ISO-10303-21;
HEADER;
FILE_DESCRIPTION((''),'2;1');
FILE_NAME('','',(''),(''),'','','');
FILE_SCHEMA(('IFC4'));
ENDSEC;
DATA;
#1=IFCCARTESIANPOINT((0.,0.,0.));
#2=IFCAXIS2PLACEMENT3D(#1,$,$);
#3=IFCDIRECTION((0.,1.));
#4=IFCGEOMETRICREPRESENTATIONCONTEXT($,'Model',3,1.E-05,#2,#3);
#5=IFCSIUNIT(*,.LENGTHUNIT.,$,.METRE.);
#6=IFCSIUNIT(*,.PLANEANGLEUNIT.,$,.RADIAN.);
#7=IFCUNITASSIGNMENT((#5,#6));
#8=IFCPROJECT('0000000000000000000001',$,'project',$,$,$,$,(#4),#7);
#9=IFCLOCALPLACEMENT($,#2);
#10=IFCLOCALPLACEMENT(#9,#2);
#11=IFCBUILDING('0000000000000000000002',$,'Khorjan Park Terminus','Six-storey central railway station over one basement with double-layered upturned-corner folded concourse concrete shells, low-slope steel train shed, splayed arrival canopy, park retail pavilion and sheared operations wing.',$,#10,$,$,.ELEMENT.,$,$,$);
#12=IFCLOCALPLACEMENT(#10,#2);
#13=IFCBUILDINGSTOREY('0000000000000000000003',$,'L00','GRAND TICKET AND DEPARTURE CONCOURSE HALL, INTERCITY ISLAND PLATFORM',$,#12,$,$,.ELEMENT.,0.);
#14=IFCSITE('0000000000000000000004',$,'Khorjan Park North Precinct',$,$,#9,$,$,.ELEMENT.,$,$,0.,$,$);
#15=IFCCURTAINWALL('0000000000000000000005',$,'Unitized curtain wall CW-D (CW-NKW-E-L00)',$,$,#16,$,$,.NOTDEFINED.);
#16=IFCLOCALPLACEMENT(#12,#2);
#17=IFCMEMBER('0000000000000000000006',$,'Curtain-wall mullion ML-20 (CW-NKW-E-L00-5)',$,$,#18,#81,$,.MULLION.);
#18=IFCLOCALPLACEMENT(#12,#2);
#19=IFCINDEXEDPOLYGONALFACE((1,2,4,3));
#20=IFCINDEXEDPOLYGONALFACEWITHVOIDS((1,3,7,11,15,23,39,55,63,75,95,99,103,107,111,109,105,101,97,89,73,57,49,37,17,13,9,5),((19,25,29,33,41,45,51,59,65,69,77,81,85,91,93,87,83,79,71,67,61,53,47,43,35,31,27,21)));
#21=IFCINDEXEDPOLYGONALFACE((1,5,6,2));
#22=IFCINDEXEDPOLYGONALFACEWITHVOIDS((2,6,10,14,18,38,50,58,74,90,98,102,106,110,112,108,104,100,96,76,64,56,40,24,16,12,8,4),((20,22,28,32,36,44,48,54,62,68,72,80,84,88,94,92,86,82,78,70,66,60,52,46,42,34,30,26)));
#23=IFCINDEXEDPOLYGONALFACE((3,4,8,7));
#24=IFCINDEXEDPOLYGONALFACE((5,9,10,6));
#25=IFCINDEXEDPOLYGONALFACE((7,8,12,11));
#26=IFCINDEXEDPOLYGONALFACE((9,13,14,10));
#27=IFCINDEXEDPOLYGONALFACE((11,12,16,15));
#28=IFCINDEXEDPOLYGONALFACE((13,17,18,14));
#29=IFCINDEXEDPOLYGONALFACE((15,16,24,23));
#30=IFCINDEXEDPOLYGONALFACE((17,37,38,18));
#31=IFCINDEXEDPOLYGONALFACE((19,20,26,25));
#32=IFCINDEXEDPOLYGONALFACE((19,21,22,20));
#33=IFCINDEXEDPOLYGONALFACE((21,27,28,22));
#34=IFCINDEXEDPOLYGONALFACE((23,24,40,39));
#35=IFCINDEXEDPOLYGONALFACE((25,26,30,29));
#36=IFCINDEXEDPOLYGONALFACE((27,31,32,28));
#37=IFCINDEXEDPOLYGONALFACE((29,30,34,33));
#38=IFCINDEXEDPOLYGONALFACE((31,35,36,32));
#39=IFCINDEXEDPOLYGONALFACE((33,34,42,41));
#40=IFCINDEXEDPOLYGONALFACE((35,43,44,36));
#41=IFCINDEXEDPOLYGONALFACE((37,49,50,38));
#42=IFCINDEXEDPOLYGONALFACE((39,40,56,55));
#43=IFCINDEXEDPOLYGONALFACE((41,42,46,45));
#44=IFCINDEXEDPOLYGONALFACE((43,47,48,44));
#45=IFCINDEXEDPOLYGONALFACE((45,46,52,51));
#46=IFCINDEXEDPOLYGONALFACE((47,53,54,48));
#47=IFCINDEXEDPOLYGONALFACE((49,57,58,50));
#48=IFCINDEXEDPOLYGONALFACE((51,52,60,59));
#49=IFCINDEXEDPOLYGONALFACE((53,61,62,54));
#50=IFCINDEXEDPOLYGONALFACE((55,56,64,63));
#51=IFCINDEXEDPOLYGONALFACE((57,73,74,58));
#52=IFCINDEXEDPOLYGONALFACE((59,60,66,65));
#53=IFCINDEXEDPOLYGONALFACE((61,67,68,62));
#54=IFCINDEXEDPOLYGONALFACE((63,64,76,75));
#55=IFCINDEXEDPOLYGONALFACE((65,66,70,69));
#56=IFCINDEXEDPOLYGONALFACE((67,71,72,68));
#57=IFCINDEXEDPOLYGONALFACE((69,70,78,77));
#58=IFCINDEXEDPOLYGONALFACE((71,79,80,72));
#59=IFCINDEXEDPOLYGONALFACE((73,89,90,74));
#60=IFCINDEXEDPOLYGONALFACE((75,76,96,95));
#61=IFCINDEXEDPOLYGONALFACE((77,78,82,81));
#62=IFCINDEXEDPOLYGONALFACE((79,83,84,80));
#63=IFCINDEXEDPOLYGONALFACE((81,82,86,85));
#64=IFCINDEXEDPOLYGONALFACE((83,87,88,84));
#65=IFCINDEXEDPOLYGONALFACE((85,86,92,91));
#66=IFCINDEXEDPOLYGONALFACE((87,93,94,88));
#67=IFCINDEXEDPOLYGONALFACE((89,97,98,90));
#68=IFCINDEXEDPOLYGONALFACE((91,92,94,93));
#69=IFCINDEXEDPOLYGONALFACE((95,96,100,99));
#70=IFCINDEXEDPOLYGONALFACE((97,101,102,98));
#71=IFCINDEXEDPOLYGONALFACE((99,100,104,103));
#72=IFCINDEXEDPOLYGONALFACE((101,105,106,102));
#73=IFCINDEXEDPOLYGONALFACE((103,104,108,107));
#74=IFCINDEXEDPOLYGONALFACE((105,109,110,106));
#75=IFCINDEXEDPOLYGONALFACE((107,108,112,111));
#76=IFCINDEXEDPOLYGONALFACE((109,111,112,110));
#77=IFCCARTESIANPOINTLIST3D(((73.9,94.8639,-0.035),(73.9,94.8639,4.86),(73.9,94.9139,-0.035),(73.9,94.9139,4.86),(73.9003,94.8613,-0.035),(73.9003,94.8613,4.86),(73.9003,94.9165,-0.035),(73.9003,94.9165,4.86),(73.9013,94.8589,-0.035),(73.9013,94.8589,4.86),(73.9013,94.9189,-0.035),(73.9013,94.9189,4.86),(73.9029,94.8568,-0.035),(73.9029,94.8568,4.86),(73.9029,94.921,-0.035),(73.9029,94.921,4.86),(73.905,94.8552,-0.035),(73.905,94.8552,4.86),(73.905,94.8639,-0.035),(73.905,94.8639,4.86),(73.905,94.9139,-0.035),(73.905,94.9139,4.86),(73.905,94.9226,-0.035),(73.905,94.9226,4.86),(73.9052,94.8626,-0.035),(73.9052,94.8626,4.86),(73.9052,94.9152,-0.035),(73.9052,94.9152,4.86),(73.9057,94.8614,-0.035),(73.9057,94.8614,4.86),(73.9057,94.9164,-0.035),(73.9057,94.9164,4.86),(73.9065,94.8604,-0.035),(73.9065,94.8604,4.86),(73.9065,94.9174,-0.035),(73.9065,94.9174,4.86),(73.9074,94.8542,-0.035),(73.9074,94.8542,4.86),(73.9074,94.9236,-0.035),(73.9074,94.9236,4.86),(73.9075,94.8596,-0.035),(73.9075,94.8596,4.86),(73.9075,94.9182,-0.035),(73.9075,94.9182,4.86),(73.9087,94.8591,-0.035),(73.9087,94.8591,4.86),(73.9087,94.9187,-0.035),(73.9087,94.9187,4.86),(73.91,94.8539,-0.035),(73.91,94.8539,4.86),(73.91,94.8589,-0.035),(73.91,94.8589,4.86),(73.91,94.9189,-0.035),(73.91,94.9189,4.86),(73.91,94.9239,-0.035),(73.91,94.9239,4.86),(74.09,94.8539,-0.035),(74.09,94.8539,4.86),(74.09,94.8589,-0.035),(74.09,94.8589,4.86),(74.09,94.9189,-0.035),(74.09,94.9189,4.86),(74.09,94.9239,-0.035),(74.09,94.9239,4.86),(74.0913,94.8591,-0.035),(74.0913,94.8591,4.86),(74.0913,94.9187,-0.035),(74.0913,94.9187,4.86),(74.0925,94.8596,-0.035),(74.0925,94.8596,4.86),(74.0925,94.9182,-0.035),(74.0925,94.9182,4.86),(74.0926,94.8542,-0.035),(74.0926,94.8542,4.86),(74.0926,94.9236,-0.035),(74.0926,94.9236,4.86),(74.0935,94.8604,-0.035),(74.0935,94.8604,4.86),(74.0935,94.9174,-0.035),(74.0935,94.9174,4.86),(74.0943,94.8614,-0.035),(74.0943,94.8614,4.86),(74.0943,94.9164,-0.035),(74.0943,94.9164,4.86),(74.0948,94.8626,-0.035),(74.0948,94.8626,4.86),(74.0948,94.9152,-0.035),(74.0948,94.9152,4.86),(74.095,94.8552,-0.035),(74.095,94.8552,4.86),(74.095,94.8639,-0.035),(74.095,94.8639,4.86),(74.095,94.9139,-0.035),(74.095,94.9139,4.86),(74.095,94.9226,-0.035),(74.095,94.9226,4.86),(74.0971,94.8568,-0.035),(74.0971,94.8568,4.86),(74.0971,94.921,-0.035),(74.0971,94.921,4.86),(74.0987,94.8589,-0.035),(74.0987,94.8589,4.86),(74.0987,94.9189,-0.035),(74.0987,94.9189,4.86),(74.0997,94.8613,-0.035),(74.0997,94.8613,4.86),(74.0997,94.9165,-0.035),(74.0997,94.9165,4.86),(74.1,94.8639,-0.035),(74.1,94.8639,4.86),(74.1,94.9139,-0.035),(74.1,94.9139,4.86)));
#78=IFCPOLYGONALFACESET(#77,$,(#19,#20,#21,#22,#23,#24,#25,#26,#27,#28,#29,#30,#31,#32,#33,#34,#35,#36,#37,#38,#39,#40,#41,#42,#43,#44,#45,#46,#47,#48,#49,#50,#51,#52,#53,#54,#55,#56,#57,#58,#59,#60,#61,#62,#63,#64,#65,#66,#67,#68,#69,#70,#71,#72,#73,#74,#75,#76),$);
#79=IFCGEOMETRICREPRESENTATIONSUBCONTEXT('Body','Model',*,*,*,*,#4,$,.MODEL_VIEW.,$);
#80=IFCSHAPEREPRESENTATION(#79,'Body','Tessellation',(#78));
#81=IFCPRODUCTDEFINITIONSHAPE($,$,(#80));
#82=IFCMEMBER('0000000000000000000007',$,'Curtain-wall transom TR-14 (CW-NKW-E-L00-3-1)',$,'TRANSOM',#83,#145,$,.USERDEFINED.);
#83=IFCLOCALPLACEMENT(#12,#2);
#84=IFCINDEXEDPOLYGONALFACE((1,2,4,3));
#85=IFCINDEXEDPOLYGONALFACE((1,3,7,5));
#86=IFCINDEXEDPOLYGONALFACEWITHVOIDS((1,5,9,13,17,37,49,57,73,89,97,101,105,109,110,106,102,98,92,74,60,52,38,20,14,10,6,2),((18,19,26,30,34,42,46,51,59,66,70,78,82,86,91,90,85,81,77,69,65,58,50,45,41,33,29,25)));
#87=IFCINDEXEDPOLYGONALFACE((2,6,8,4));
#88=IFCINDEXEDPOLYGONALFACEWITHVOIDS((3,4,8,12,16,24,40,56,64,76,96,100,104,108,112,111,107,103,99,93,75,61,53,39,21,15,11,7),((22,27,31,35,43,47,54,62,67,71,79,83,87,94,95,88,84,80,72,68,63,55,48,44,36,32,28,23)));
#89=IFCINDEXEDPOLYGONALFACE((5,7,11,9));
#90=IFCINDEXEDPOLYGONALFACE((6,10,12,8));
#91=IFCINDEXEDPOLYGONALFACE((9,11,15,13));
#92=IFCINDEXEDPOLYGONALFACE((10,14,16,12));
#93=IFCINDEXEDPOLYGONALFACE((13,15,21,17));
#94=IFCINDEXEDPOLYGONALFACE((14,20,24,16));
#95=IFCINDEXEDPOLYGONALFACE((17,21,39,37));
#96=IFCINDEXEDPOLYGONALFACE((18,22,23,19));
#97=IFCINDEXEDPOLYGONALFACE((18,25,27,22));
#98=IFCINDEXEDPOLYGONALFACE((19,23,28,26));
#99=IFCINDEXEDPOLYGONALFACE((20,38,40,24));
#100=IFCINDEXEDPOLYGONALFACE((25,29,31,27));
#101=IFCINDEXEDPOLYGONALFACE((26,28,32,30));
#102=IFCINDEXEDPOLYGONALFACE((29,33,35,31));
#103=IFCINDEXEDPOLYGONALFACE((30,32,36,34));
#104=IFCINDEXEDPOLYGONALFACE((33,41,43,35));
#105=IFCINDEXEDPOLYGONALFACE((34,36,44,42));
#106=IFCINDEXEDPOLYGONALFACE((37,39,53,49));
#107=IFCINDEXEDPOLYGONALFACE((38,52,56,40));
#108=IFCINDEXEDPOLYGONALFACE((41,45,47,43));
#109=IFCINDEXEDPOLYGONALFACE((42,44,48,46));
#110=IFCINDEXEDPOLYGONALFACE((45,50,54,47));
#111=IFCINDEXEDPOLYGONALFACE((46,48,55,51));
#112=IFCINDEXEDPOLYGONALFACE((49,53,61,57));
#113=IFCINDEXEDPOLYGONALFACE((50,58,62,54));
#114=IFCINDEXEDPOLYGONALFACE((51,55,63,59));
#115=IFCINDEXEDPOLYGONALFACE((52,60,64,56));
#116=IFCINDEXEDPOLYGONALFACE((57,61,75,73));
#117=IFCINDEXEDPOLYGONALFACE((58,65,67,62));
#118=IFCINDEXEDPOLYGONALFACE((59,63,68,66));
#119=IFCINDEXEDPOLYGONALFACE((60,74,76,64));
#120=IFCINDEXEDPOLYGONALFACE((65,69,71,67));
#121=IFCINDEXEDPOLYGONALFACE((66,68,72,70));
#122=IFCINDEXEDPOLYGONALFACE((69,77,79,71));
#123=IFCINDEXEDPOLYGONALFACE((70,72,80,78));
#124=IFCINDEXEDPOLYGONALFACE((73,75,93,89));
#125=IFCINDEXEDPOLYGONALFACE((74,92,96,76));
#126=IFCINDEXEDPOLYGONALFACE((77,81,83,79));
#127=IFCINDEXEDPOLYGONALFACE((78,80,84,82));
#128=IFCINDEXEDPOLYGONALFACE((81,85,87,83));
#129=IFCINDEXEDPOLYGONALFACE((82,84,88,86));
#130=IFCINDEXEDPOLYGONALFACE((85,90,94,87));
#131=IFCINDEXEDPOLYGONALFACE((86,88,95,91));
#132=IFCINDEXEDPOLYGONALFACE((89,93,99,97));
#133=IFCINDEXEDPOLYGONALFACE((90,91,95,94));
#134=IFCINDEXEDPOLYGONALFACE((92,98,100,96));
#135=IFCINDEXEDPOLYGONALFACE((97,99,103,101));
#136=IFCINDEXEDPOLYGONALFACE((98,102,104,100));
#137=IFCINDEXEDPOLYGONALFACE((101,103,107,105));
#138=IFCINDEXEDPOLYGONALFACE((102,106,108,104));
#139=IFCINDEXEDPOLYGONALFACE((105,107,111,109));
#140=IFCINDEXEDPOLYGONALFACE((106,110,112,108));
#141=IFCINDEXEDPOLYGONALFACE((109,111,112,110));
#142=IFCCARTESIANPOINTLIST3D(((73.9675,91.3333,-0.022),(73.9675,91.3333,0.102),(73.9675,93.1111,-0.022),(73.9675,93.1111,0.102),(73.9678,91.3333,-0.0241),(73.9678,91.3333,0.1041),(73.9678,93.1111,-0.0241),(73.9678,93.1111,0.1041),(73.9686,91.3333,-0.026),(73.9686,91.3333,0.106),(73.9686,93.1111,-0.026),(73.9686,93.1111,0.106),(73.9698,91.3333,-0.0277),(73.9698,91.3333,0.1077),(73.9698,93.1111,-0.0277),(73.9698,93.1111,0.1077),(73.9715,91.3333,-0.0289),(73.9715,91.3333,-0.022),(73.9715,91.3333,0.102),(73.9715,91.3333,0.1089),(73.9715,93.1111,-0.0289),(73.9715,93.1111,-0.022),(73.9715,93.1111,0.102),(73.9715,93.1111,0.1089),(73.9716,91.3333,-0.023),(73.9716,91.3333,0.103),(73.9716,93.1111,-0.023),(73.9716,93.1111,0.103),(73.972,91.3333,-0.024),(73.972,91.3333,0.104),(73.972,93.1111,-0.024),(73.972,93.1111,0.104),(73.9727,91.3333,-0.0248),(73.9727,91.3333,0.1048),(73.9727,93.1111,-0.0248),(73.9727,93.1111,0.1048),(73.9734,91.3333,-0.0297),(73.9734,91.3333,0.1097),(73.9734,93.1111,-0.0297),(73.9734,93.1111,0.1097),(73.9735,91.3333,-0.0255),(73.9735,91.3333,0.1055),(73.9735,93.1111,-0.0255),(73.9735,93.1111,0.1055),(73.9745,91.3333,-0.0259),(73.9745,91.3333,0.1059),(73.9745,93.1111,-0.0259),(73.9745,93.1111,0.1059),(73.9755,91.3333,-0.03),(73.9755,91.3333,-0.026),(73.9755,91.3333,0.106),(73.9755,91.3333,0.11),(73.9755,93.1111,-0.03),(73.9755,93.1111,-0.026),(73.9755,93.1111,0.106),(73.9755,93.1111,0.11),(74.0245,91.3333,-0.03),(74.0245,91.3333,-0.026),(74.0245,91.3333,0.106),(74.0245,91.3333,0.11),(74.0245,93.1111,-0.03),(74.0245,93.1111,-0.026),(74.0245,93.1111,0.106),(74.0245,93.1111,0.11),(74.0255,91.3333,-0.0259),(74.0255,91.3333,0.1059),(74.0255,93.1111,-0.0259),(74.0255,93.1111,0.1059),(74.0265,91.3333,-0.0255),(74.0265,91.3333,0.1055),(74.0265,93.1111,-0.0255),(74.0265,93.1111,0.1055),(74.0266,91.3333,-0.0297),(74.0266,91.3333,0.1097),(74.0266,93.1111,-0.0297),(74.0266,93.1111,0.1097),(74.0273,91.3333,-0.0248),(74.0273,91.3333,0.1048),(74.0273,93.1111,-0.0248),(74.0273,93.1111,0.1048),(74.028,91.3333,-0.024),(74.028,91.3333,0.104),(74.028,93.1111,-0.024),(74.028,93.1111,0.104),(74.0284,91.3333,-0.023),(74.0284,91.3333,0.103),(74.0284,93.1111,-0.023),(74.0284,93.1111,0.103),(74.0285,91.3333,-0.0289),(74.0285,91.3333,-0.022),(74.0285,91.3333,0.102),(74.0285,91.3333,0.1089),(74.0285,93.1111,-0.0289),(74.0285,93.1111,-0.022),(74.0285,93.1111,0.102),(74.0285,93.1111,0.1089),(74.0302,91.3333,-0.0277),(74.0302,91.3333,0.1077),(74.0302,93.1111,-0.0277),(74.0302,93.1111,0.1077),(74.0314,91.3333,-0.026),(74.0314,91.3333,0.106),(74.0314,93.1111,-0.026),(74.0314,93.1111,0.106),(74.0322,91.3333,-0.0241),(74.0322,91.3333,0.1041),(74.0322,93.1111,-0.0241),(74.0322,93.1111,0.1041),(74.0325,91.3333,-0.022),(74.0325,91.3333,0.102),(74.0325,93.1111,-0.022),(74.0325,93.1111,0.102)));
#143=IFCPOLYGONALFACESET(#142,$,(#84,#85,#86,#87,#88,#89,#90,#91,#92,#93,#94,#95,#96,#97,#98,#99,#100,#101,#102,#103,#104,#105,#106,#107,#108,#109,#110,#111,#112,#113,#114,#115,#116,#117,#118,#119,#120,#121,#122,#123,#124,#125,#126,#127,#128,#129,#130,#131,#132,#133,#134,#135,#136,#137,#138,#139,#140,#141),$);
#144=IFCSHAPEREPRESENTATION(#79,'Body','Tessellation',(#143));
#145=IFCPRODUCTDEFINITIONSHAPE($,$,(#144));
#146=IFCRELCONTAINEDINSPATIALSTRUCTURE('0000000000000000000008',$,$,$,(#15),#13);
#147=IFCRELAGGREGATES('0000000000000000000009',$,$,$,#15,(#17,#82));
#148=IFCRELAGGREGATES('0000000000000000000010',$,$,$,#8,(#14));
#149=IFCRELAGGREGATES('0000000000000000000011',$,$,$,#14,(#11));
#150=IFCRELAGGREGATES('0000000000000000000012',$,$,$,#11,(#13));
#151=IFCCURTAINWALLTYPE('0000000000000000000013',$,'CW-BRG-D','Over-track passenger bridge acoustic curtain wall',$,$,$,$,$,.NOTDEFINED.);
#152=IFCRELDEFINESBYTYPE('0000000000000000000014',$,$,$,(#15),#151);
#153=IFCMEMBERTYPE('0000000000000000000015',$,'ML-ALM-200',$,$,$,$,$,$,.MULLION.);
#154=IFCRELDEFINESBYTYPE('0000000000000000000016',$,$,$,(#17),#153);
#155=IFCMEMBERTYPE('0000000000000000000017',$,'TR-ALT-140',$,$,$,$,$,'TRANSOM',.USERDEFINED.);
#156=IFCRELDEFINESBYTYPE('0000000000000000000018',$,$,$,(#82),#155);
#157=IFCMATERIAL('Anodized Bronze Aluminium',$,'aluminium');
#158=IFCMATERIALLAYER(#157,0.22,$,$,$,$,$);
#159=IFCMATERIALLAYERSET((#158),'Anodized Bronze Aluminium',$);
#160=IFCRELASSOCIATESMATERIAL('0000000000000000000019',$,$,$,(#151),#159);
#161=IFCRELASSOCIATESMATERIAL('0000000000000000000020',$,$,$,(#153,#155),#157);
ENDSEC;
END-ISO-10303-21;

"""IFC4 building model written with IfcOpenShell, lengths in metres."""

from ifc_helpers import new_model, si_unit, direction, frame, origin, origin_2d, place, context, subcontext, project, spatial, hollow_rectangle, extrude, material, layer, layer_set, material_profile, profile_set, type_object, element, aggregate, save


model = new_model("IFC4")

# Units and contexts
model_context = context("Model", 3, precision=1e-05, world=origin(), true_north=direction((0.0, 1.0)))
body_context = subcontext(model_context, "Body", "Model", "MODEL_VIEW")
ifc_project = project(units=[si_unit("LENGTHUNIT", "METRE"), si_unit("PLANEANGLEUNIT", "RADIAN")], contexts=[model_context])

# Site, building, storey
site_placement = place(None, origin())
site = spatial("IfcSite", under=ifc_project, at=site_placement, Name="Khorjan Park North Precinct", CompositionType="ELEMENT", RefElevation=0.0)
building_placement = place(site_placement, origin())
building = spatial("IfcBuilding", under=site, at=building_placement, Name="Khorjan Park Terminus", Description="Six-storey central railway station over one basement with double-layered upturned-corner folded concourse concrete shells, low-slope steel train shed, splayed arrival canopy, park retail pavilion and sheared operations wing.", CompositionType="ELEMENT")
storey_placement = place(building_placement, origin())
storey = spatial("IfcBuildingStorey", under=building, at=storey_placement, Name="L00", Description="GRAND TICKET AND DEPARTURE CONCOURSE HALL, INTERCITY ISLAND PLATFORM", CompositionType="ELEMENT", Elevation=0.0)

# Curtain wall, members
ifc_material_1 = material(Name="Anodized Bronze Aluminium", Category="aluminium")
ifc_layer_1 = layer(ifc_material_1, 0.22)
ifc_layer_set_1 = layer_set([ifc_layer_1], Name="Anodized Bronze Aluminium")
curtain_wall_type = type_object("IfcCurtainWallType", Name="CW-BRG-D", Description="Over-track passenger bridge acoustic curtain wall", PredefinedType="NOTDEFINED", material=ifc_layer_set_1)
curtain_wall_placement = place(storey_placement, origin())
curtain_wall = element("IfcCurtainWall", 1, at=curtain_wall_placement, inside=storey, type_object=curtain_wall_type, Name="Unitized curtain wall CW-D (CW-NKW-E-L00)", PredefinedType="NOTDEFINED")
ifc_material_profile_1 = material_profile(ifc_material_1, hollow_rectangle(XDim=0.07, YDim=0.2, WallThickness=0.005, InnerFilletRadius=0.005, OuterFilletRadius=0.01, at=origin_2d()), Name="ALM 70x200x5")
ifc_profile_set_1 = profile_set([ifc_material_profile_1], Name="Anodized Bronze Aluminium")
member_type_1 = type_object("IfcMemberType", Name="ML-ALM-200", PredefinedType="MULLION", material=ifc_profile_set_1)
member_1_placement = place(storey_placement, frame((74.0, 94.8889, -0.035), z_axis=(0.0, 0.0, 1.0), x_axis=(0.0, 1.0, 0.0)))
member_1 = element("IfcMember", 2, at=member_1_placement, type_object=member_type_1, Name="Curtain-wall mullion ML-20 (CW-NKW-E-L00-5)", PredefinedType="MULLION", context=body_context, shape_type="SweptSolid", body=[
    extrude(hollow_rectangle(XDim=0.07, YDim=0.2, WallThickness=0.005, InnerFilletRadius=0.005, OuterFilletRadius=0.01, at=origin_2d()), origin(), (0.0, 0.0, 1.0), 4.895),
])
ifc_material_profile_2 = material_profile(ifc_material_1, hollow_rectangle(XDim=0.065, YDim=0.14, WallThickness=0.004, InnerFilletRadius=0.004, OuterFilletRadius=0.008, at=origin_2d()), Name="ALT 65x140x4")
ifc_profile_set_2 = profile_set([ifc_material_profile_2], Name="Anodized Bronze Aluminium")
member_type_2 = type_object("IfcMemberType", Name="TR-ALT-140", ElementType="TRANSOM", PredefinedType="USERDEFINED", material=ifc_profile_set_2)
member_2_placement = place(storey_placement, frame((74.0, 91.3333, 0.04), z_axis=(0.0, 1.0, 0.0), x_axis=(-1.0, 0.0, 0.0)))
member_2 = element("IfcMember", 3, at=member_2_placement, type_object=member_type_2, Name="Curtain-wall transom TR-14 (CW-NKW-E-L00-3-1)", ObjectType="TRANSOM", PredefinedType="USERDEFINED", context=body_context, shape_type="SweptSolid", body=[
    extrude(hollow_rectangle(XDim=0.065, YDim=0.14, WallThickness=0.004, InnerFilletRadius=0.004, OuterFilletRadius=0.008, at=origin_2d()), origin(), (0.0, 0.0, 1.0), 1.7778),
])
aggregate(curtain_wall, [member_1, member_2])

save(model, "model.ifc")
